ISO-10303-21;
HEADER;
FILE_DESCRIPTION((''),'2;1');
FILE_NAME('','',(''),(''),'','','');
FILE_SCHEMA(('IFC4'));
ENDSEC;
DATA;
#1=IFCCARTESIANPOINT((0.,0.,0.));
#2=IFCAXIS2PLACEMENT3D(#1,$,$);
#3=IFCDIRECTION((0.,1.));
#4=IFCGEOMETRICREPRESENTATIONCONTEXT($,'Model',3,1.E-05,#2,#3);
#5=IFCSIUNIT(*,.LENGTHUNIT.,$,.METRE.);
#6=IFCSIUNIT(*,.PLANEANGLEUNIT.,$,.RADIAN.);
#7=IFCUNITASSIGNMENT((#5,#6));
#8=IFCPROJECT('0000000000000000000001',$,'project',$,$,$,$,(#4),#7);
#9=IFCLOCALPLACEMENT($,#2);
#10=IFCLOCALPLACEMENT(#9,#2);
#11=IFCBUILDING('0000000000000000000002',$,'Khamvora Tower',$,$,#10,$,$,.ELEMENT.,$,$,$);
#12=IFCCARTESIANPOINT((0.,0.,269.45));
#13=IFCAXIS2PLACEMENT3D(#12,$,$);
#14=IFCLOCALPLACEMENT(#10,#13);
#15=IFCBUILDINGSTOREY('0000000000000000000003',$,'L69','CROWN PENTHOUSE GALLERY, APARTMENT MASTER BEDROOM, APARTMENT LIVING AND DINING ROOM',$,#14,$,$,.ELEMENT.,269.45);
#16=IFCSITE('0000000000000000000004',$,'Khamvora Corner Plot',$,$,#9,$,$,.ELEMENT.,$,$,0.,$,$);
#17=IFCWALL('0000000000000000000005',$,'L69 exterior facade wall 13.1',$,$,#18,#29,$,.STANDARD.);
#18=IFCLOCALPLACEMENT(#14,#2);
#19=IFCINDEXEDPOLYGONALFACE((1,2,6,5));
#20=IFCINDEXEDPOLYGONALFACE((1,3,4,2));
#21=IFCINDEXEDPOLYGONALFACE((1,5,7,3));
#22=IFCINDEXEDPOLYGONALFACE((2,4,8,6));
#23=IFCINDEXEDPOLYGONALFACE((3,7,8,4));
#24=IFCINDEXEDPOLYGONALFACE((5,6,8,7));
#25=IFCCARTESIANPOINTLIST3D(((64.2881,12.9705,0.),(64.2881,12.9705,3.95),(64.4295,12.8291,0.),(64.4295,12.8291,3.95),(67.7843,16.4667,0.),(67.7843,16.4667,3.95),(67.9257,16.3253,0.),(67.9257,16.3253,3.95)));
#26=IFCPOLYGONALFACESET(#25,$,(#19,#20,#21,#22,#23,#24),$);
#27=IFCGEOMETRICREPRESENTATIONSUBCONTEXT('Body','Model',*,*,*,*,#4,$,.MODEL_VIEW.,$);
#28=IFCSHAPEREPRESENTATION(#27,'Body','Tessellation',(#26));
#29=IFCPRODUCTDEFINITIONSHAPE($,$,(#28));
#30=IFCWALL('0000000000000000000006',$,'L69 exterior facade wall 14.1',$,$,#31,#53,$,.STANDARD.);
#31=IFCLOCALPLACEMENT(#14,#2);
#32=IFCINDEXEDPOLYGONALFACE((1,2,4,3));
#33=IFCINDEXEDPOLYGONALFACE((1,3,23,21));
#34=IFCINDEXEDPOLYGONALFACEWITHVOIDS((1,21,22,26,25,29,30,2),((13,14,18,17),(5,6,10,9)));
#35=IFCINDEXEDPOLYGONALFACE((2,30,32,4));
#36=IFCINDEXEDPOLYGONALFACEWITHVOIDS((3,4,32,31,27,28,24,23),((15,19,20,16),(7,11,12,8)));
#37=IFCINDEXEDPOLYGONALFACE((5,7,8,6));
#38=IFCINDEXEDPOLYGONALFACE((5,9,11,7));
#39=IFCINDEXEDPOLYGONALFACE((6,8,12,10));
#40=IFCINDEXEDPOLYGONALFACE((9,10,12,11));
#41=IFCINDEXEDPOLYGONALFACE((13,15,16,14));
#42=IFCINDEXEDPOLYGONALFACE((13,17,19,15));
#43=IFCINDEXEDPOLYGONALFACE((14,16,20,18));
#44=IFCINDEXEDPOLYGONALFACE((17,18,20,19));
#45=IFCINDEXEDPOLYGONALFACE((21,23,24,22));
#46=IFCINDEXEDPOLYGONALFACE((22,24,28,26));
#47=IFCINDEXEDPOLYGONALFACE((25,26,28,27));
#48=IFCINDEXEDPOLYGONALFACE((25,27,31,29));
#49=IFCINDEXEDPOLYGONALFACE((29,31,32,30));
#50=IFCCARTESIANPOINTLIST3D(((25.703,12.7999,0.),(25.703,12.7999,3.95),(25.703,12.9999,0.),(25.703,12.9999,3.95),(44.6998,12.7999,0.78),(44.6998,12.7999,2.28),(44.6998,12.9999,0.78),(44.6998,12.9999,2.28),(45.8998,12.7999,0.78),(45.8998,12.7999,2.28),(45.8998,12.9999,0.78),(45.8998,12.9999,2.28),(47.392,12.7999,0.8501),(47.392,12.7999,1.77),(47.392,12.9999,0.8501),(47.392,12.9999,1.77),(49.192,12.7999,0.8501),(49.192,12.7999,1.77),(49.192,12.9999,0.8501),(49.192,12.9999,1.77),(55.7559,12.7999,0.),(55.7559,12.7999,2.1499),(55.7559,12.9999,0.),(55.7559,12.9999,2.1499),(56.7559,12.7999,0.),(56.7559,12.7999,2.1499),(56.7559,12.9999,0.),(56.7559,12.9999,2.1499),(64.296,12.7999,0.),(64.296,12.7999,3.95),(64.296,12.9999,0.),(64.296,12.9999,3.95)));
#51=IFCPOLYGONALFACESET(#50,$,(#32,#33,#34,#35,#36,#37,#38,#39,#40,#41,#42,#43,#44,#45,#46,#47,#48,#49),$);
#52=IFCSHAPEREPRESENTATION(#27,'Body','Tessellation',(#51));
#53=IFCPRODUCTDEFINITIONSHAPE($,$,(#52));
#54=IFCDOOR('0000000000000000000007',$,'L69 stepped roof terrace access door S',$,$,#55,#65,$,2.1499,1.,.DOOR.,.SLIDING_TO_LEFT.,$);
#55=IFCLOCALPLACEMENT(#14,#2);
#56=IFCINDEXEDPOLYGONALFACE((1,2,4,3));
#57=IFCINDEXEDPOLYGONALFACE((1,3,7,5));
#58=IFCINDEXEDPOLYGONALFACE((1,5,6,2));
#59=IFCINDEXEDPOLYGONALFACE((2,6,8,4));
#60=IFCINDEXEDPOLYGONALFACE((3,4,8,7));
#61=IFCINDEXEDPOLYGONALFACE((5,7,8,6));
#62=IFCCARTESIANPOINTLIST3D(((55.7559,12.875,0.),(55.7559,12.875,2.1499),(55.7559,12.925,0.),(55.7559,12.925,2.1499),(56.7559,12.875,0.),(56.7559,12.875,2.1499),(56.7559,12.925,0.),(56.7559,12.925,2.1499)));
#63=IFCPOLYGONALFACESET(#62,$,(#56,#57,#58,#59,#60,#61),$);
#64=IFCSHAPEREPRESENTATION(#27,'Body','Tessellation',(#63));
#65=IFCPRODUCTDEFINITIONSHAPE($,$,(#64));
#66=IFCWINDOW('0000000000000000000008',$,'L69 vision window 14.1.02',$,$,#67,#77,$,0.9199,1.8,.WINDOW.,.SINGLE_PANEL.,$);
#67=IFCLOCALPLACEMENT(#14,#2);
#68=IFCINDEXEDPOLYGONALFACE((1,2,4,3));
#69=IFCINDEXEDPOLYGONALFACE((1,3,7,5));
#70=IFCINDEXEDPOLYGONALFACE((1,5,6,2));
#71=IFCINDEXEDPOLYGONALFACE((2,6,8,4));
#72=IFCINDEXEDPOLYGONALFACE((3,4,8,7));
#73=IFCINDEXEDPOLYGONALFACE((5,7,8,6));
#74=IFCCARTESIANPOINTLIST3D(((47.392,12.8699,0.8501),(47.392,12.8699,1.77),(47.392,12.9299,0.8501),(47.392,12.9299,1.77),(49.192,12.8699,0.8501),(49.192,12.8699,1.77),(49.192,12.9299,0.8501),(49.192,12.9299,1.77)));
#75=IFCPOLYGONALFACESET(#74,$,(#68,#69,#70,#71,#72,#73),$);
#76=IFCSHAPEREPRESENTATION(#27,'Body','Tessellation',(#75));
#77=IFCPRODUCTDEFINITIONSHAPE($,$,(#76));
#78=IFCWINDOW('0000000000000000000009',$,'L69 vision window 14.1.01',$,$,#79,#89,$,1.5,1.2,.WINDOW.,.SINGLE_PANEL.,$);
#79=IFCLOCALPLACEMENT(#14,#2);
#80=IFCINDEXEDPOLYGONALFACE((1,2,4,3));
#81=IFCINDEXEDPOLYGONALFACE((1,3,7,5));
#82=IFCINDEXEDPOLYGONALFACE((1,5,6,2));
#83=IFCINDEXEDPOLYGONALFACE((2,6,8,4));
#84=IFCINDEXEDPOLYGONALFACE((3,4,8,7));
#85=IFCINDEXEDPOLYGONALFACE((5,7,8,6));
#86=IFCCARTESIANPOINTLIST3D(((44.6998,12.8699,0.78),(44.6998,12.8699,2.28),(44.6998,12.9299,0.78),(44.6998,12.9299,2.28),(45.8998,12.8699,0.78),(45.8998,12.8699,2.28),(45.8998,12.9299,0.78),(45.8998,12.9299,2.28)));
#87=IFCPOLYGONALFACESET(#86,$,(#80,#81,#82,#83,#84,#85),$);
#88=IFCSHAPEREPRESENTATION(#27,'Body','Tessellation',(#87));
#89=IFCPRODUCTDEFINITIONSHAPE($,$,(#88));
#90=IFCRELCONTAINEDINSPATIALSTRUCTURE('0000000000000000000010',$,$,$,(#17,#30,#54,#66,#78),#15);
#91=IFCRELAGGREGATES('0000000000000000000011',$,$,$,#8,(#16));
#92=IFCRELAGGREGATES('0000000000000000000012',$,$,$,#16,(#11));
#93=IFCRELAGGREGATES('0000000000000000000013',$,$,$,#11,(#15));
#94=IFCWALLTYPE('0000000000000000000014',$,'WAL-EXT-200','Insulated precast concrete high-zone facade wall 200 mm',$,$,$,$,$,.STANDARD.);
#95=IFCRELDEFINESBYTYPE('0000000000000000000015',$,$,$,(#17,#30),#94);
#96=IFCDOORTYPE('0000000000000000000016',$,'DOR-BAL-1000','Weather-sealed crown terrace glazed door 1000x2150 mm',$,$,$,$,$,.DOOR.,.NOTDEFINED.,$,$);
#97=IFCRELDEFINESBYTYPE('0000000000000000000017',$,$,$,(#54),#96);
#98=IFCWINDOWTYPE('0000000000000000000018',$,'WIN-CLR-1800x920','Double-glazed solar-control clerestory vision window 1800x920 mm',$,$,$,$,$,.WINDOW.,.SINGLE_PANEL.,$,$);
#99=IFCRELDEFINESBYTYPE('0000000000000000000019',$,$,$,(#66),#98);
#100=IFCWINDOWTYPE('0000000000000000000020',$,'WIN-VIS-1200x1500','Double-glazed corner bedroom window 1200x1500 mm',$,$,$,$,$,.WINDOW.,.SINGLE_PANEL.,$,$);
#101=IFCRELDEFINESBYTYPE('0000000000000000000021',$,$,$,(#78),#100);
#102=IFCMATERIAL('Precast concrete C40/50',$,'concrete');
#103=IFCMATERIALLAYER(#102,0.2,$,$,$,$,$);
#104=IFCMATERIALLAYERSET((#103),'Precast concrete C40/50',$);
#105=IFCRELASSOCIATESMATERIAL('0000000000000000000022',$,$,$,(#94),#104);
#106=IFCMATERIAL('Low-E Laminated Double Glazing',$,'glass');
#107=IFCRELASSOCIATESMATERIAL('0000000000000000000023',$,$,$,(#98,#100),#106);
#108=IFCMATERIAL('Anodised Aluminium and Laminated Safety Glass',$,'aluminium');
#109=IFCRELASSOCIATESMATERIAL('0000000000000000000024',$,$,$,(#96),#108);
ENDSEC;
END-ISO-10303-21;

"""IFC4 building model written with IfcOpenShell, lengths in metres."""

from ifc_helpers import new_model, si_unit, direction, frame, frame_2d, origin, place, context, subcontext, project, spatial, rectangle, extrude, material, layer, layer_set, type_object, element, fill, save


model = new_model("IFC4")

# Units and contexts
model_context = context("Model", 3, precision=1e-05, world=origin(), true_north=direction((0.0, 1.0)))
body_context = subcontext(model_context, "Body", "Model", "MODEL_VIEW")
ifc_project = project(units=[si_unit("LENGTHUNIT", "METRE"), si_unit("PLANEANGLEUNIT", "RADIAN")], contexts=[model_context])

# Site, building, storey
site_placement = place(None, origin())
site = spatial("IfcSite", under=ifc_project, at=site_placement, Name="Khamvora Corner Plot", CompositionType="ELEMENT", RefElevation=0.0)
building_placement = place(site_placement, origin())
building = spatial("IfcBuilding", under=site, at=building_placement, Name="Khamvora Tower", CompositionType="ELEMENT")
storey_placement = place(building_placement, frame((0.0, 0.0, 269.45)))
storey = spatial("IfcBuildingStorey", under=building, at=storey_placement, Name="L69", Description="CROWN PENTHOUSE GALLERY, APARTMENT MASTER BEDROOM, APARTMENT LIVING AND DINING ROOM", CompositionType="ELEMENT", Elevation=269.45)

# Shared definitions
ifc_material_1 = material(Name="Precast concrete C40/50", Category="concrete")
ifc_layer_1 = layer(ifc_material_1, 0.2)
ifc_layer_set_1 = layer_set([ifc_layer_1], Name="Precast concrete C40/50")
wall_type_1 = type_object("IfcWallType", Name="WAL-EXT-200", Description="Insulated precast concrete high-zone facade wall 200 mm", PredefinedType="STANDARD", material=ifc_layer_set_1)

# Shared definitions
ifc_material_2 = material(Name="Low-E Laminated Double Glazing", Category="glass")
window_type_1 = type_object("IfcWindowType", Name="WIN-CLR-1800x920", Description="Double-glazed solar-control clerestory vision window 1800x920 mm", PartitioningType="SINGLE_PANEL", PredefinedType="WINDOW", material=ifc_material_2)

# Wall
wall_1_placement = place(storey_placement, frame((67.855, 16.396, 0.0), z_axis=(0.0, 0.0, 1.0), x_axis=(-0.707107, -0.707107, 0.0)))
element("IfcWall", 1, at=wall_1_placement, inside=storey, type_object=wall_type_1, Name="L69 exterior facade wall 13.1", PredefinedType="STANDARD", context=body_context, shape_type="SweptSolid", body=[
    extrude(rectangle(XDim=4.9443, YDim=0.2, at=frame_2d((2.4722, 0.0))), origin(), (0.0, 0.0, 1.0), 3.95),
])

# Wall, openings, door, windows
wall_2_placement = place(storey_placement, frame((64.2959, 12.8999, 0.0), z_axis=(0.0, 0.0, 1.0), x_axis=(-1.0, 0.0, 0.0)))
wall_2 = element("IfcWall", 2, at=wall_2_placement, inside=storey, type_object=wall_type_1, Name="L69 exterior facade wall 14.1", PredefinedType="STANDARD", context=body_context, shape_type="SweptSolid", body=[
    extrude(rectangle(XDim=38.593, YDim=0.2, at=frame_2d((19.2964, 0.0))), origin(), (0.0, 0.0, 1.0), 3.95),
])
opening_1_placement = place(wall_2_placement, frame((7.54, 0.0, 0.0)))
opening_1 = element("IfcOpeningElement", 3, at=opening_1_placement, cuts=wall_2, PredefinedType="OPENING", context=body_context, shape_type="SweptSolid", body=[
    extrude(rectangle(XDim=1.0, YDim=2.1499, at=frame_2d((0.5, 1.075))), frame((0.0, 0.1099, 0.0), z_axis=(0.0, -1.0, 0.0), x_axis=(1.0, 0.0, 0.0)), (0.0, 0.0, 1.0), 0.22),
])
opening_2_placement = place(wall_2_placement, frame((18.396, 0.0, 0.78)))
opening_2 = element("IfcOpeningElement", 4, at=opening_2_placement, cuts=wall_2, PredefinedType="OPENING", context=body_context, shape_type="SweptSolid", body=[
    extrude(rectangle(XDim=1.2, YDim=1.5, at=frame_2d((0.6001, 0.75))), frame((0.0, 0.1099, 0.0), z_axis=(0.0, -1.0, 0.0), x_axis=(1.0, 0.0, 0.0)), (0.0, 0.0, 1.0), 0.22),
])
opening_3_placement = place(wall_2_placement, frame((15.104, 0.0, 0.8501)))
opening_3 = element("IfcOpeningElement", 5, at=opening_3_placement, cuts=wall_2, PredefinedType="OPENING", context=body_context, shape_type="SweptSolid", body=[
    extrude(rectangle(XDim=1.8, YDim=0.9199, at=frame_2d((0.8999, 0.46))), frame((0.0, 0.1099, 0.0), z_axis=(0.0, -1.0, 0.0), x_axis=(1.0, 0.0, 0.0)), (0.0, 0.0, 1.0), 0.22),
])
ifc_material_3 = material(Name="Anodised Aluminium and Laminated Safety Glass", Category="aluminium")
door_type_1 = type_object("IfcDoorType", Name="DOR-BAL-1000", Description="Weather-sealed crown terrace glazed door 1000x2150 mm", OperationType="NOTDEFINED", PredefinedType="DOOR", material=ifc_material_3)
door_1_placement = place(opening_1_placement, origin())
door_1 = element("IfcDoor", 6, at=door_1_placement, inside=storey, type_object=door_type_1, Name="L69 stepped roof terrace access door S", OperationType="SLIDING_TO_LEFT", OverallHeight=2.1499, OverallWidth=1.0, PredefinedType="DOOR", context=body_context, shape_type="SweptSolid", body=[
    extrude(rectangle(XDim=1.0, YDim=2.1499, at=frame_2d((0.5, 1.075))), frame((0.0, 0.0249, 0.0), z_axis=(0.0, -1.0, 0.0), x_axis=(1.0, 0.0, 0.0)), (0.0, 0.0, 1.0), 0.05),
])
fill(opening_1, door_1)
window_1_placement = place(opening_3_placement, origin())
window_1 = element("IfcWindow", 7, at=window_1_placement, inside=storey, type_object=window_type_1, Name="L69 vision window 14.1.02", OverallHeight=0.9199, OverallWidth=1.8, PartitioningType="SINGLE_PANEL", PredefinedType="WINDOW", context=body_context, shape_type="SweptSolid", body=[
    extrude(rectangle(XDim=1.8, YDim=0.9199, at=frame_2d((0.8999, 0.46))), frame((0.0, 0.03, 0.0), z_axis=(0.0, -1.0, 0.0), x_axis=(1.0, 0.0, 0.0)), (0.0, 0.0, 1.0), 0.0601),
])
fill(opening_3, window_1)
window_type_2 = type_object("IfcWindowType", Name="WIN-VIS-1200x1500", Description="Double-glazed corner bedroom window 1200x1500 mm", PartitioningType="SINGLE_PANEL", PredefinedType="WINDOW", material=ifc_material_2)
window_2_placement = place(opening_2_placement, origin())
window_2 = element("IfcWindow", 8, at=window_2_placement, inside=storey, type_object=window_type_2, Name="L69 vision window 14.1.01", OverallHeight=1.5, OverallWidth=1.2, PartitioningType="SINGLE_PANEL", PredefinedType="WINDOW", context=body_context, shape_type="SweptSolid", body=[
    extrude(rectangle(XDim=1.2, YDim=1.5, at=frame_2d((0.6001, 0.75))), frame((0.0, 0.03, 0.0), z_axis=(0.0, -1.0, 0.0), x_axis=(1.0, 0.0, 0.0)), (0.0, 0.0, 1.0), 0.0601),
])
fill(opening_2, window_2)

save(model, "model.ifc")
